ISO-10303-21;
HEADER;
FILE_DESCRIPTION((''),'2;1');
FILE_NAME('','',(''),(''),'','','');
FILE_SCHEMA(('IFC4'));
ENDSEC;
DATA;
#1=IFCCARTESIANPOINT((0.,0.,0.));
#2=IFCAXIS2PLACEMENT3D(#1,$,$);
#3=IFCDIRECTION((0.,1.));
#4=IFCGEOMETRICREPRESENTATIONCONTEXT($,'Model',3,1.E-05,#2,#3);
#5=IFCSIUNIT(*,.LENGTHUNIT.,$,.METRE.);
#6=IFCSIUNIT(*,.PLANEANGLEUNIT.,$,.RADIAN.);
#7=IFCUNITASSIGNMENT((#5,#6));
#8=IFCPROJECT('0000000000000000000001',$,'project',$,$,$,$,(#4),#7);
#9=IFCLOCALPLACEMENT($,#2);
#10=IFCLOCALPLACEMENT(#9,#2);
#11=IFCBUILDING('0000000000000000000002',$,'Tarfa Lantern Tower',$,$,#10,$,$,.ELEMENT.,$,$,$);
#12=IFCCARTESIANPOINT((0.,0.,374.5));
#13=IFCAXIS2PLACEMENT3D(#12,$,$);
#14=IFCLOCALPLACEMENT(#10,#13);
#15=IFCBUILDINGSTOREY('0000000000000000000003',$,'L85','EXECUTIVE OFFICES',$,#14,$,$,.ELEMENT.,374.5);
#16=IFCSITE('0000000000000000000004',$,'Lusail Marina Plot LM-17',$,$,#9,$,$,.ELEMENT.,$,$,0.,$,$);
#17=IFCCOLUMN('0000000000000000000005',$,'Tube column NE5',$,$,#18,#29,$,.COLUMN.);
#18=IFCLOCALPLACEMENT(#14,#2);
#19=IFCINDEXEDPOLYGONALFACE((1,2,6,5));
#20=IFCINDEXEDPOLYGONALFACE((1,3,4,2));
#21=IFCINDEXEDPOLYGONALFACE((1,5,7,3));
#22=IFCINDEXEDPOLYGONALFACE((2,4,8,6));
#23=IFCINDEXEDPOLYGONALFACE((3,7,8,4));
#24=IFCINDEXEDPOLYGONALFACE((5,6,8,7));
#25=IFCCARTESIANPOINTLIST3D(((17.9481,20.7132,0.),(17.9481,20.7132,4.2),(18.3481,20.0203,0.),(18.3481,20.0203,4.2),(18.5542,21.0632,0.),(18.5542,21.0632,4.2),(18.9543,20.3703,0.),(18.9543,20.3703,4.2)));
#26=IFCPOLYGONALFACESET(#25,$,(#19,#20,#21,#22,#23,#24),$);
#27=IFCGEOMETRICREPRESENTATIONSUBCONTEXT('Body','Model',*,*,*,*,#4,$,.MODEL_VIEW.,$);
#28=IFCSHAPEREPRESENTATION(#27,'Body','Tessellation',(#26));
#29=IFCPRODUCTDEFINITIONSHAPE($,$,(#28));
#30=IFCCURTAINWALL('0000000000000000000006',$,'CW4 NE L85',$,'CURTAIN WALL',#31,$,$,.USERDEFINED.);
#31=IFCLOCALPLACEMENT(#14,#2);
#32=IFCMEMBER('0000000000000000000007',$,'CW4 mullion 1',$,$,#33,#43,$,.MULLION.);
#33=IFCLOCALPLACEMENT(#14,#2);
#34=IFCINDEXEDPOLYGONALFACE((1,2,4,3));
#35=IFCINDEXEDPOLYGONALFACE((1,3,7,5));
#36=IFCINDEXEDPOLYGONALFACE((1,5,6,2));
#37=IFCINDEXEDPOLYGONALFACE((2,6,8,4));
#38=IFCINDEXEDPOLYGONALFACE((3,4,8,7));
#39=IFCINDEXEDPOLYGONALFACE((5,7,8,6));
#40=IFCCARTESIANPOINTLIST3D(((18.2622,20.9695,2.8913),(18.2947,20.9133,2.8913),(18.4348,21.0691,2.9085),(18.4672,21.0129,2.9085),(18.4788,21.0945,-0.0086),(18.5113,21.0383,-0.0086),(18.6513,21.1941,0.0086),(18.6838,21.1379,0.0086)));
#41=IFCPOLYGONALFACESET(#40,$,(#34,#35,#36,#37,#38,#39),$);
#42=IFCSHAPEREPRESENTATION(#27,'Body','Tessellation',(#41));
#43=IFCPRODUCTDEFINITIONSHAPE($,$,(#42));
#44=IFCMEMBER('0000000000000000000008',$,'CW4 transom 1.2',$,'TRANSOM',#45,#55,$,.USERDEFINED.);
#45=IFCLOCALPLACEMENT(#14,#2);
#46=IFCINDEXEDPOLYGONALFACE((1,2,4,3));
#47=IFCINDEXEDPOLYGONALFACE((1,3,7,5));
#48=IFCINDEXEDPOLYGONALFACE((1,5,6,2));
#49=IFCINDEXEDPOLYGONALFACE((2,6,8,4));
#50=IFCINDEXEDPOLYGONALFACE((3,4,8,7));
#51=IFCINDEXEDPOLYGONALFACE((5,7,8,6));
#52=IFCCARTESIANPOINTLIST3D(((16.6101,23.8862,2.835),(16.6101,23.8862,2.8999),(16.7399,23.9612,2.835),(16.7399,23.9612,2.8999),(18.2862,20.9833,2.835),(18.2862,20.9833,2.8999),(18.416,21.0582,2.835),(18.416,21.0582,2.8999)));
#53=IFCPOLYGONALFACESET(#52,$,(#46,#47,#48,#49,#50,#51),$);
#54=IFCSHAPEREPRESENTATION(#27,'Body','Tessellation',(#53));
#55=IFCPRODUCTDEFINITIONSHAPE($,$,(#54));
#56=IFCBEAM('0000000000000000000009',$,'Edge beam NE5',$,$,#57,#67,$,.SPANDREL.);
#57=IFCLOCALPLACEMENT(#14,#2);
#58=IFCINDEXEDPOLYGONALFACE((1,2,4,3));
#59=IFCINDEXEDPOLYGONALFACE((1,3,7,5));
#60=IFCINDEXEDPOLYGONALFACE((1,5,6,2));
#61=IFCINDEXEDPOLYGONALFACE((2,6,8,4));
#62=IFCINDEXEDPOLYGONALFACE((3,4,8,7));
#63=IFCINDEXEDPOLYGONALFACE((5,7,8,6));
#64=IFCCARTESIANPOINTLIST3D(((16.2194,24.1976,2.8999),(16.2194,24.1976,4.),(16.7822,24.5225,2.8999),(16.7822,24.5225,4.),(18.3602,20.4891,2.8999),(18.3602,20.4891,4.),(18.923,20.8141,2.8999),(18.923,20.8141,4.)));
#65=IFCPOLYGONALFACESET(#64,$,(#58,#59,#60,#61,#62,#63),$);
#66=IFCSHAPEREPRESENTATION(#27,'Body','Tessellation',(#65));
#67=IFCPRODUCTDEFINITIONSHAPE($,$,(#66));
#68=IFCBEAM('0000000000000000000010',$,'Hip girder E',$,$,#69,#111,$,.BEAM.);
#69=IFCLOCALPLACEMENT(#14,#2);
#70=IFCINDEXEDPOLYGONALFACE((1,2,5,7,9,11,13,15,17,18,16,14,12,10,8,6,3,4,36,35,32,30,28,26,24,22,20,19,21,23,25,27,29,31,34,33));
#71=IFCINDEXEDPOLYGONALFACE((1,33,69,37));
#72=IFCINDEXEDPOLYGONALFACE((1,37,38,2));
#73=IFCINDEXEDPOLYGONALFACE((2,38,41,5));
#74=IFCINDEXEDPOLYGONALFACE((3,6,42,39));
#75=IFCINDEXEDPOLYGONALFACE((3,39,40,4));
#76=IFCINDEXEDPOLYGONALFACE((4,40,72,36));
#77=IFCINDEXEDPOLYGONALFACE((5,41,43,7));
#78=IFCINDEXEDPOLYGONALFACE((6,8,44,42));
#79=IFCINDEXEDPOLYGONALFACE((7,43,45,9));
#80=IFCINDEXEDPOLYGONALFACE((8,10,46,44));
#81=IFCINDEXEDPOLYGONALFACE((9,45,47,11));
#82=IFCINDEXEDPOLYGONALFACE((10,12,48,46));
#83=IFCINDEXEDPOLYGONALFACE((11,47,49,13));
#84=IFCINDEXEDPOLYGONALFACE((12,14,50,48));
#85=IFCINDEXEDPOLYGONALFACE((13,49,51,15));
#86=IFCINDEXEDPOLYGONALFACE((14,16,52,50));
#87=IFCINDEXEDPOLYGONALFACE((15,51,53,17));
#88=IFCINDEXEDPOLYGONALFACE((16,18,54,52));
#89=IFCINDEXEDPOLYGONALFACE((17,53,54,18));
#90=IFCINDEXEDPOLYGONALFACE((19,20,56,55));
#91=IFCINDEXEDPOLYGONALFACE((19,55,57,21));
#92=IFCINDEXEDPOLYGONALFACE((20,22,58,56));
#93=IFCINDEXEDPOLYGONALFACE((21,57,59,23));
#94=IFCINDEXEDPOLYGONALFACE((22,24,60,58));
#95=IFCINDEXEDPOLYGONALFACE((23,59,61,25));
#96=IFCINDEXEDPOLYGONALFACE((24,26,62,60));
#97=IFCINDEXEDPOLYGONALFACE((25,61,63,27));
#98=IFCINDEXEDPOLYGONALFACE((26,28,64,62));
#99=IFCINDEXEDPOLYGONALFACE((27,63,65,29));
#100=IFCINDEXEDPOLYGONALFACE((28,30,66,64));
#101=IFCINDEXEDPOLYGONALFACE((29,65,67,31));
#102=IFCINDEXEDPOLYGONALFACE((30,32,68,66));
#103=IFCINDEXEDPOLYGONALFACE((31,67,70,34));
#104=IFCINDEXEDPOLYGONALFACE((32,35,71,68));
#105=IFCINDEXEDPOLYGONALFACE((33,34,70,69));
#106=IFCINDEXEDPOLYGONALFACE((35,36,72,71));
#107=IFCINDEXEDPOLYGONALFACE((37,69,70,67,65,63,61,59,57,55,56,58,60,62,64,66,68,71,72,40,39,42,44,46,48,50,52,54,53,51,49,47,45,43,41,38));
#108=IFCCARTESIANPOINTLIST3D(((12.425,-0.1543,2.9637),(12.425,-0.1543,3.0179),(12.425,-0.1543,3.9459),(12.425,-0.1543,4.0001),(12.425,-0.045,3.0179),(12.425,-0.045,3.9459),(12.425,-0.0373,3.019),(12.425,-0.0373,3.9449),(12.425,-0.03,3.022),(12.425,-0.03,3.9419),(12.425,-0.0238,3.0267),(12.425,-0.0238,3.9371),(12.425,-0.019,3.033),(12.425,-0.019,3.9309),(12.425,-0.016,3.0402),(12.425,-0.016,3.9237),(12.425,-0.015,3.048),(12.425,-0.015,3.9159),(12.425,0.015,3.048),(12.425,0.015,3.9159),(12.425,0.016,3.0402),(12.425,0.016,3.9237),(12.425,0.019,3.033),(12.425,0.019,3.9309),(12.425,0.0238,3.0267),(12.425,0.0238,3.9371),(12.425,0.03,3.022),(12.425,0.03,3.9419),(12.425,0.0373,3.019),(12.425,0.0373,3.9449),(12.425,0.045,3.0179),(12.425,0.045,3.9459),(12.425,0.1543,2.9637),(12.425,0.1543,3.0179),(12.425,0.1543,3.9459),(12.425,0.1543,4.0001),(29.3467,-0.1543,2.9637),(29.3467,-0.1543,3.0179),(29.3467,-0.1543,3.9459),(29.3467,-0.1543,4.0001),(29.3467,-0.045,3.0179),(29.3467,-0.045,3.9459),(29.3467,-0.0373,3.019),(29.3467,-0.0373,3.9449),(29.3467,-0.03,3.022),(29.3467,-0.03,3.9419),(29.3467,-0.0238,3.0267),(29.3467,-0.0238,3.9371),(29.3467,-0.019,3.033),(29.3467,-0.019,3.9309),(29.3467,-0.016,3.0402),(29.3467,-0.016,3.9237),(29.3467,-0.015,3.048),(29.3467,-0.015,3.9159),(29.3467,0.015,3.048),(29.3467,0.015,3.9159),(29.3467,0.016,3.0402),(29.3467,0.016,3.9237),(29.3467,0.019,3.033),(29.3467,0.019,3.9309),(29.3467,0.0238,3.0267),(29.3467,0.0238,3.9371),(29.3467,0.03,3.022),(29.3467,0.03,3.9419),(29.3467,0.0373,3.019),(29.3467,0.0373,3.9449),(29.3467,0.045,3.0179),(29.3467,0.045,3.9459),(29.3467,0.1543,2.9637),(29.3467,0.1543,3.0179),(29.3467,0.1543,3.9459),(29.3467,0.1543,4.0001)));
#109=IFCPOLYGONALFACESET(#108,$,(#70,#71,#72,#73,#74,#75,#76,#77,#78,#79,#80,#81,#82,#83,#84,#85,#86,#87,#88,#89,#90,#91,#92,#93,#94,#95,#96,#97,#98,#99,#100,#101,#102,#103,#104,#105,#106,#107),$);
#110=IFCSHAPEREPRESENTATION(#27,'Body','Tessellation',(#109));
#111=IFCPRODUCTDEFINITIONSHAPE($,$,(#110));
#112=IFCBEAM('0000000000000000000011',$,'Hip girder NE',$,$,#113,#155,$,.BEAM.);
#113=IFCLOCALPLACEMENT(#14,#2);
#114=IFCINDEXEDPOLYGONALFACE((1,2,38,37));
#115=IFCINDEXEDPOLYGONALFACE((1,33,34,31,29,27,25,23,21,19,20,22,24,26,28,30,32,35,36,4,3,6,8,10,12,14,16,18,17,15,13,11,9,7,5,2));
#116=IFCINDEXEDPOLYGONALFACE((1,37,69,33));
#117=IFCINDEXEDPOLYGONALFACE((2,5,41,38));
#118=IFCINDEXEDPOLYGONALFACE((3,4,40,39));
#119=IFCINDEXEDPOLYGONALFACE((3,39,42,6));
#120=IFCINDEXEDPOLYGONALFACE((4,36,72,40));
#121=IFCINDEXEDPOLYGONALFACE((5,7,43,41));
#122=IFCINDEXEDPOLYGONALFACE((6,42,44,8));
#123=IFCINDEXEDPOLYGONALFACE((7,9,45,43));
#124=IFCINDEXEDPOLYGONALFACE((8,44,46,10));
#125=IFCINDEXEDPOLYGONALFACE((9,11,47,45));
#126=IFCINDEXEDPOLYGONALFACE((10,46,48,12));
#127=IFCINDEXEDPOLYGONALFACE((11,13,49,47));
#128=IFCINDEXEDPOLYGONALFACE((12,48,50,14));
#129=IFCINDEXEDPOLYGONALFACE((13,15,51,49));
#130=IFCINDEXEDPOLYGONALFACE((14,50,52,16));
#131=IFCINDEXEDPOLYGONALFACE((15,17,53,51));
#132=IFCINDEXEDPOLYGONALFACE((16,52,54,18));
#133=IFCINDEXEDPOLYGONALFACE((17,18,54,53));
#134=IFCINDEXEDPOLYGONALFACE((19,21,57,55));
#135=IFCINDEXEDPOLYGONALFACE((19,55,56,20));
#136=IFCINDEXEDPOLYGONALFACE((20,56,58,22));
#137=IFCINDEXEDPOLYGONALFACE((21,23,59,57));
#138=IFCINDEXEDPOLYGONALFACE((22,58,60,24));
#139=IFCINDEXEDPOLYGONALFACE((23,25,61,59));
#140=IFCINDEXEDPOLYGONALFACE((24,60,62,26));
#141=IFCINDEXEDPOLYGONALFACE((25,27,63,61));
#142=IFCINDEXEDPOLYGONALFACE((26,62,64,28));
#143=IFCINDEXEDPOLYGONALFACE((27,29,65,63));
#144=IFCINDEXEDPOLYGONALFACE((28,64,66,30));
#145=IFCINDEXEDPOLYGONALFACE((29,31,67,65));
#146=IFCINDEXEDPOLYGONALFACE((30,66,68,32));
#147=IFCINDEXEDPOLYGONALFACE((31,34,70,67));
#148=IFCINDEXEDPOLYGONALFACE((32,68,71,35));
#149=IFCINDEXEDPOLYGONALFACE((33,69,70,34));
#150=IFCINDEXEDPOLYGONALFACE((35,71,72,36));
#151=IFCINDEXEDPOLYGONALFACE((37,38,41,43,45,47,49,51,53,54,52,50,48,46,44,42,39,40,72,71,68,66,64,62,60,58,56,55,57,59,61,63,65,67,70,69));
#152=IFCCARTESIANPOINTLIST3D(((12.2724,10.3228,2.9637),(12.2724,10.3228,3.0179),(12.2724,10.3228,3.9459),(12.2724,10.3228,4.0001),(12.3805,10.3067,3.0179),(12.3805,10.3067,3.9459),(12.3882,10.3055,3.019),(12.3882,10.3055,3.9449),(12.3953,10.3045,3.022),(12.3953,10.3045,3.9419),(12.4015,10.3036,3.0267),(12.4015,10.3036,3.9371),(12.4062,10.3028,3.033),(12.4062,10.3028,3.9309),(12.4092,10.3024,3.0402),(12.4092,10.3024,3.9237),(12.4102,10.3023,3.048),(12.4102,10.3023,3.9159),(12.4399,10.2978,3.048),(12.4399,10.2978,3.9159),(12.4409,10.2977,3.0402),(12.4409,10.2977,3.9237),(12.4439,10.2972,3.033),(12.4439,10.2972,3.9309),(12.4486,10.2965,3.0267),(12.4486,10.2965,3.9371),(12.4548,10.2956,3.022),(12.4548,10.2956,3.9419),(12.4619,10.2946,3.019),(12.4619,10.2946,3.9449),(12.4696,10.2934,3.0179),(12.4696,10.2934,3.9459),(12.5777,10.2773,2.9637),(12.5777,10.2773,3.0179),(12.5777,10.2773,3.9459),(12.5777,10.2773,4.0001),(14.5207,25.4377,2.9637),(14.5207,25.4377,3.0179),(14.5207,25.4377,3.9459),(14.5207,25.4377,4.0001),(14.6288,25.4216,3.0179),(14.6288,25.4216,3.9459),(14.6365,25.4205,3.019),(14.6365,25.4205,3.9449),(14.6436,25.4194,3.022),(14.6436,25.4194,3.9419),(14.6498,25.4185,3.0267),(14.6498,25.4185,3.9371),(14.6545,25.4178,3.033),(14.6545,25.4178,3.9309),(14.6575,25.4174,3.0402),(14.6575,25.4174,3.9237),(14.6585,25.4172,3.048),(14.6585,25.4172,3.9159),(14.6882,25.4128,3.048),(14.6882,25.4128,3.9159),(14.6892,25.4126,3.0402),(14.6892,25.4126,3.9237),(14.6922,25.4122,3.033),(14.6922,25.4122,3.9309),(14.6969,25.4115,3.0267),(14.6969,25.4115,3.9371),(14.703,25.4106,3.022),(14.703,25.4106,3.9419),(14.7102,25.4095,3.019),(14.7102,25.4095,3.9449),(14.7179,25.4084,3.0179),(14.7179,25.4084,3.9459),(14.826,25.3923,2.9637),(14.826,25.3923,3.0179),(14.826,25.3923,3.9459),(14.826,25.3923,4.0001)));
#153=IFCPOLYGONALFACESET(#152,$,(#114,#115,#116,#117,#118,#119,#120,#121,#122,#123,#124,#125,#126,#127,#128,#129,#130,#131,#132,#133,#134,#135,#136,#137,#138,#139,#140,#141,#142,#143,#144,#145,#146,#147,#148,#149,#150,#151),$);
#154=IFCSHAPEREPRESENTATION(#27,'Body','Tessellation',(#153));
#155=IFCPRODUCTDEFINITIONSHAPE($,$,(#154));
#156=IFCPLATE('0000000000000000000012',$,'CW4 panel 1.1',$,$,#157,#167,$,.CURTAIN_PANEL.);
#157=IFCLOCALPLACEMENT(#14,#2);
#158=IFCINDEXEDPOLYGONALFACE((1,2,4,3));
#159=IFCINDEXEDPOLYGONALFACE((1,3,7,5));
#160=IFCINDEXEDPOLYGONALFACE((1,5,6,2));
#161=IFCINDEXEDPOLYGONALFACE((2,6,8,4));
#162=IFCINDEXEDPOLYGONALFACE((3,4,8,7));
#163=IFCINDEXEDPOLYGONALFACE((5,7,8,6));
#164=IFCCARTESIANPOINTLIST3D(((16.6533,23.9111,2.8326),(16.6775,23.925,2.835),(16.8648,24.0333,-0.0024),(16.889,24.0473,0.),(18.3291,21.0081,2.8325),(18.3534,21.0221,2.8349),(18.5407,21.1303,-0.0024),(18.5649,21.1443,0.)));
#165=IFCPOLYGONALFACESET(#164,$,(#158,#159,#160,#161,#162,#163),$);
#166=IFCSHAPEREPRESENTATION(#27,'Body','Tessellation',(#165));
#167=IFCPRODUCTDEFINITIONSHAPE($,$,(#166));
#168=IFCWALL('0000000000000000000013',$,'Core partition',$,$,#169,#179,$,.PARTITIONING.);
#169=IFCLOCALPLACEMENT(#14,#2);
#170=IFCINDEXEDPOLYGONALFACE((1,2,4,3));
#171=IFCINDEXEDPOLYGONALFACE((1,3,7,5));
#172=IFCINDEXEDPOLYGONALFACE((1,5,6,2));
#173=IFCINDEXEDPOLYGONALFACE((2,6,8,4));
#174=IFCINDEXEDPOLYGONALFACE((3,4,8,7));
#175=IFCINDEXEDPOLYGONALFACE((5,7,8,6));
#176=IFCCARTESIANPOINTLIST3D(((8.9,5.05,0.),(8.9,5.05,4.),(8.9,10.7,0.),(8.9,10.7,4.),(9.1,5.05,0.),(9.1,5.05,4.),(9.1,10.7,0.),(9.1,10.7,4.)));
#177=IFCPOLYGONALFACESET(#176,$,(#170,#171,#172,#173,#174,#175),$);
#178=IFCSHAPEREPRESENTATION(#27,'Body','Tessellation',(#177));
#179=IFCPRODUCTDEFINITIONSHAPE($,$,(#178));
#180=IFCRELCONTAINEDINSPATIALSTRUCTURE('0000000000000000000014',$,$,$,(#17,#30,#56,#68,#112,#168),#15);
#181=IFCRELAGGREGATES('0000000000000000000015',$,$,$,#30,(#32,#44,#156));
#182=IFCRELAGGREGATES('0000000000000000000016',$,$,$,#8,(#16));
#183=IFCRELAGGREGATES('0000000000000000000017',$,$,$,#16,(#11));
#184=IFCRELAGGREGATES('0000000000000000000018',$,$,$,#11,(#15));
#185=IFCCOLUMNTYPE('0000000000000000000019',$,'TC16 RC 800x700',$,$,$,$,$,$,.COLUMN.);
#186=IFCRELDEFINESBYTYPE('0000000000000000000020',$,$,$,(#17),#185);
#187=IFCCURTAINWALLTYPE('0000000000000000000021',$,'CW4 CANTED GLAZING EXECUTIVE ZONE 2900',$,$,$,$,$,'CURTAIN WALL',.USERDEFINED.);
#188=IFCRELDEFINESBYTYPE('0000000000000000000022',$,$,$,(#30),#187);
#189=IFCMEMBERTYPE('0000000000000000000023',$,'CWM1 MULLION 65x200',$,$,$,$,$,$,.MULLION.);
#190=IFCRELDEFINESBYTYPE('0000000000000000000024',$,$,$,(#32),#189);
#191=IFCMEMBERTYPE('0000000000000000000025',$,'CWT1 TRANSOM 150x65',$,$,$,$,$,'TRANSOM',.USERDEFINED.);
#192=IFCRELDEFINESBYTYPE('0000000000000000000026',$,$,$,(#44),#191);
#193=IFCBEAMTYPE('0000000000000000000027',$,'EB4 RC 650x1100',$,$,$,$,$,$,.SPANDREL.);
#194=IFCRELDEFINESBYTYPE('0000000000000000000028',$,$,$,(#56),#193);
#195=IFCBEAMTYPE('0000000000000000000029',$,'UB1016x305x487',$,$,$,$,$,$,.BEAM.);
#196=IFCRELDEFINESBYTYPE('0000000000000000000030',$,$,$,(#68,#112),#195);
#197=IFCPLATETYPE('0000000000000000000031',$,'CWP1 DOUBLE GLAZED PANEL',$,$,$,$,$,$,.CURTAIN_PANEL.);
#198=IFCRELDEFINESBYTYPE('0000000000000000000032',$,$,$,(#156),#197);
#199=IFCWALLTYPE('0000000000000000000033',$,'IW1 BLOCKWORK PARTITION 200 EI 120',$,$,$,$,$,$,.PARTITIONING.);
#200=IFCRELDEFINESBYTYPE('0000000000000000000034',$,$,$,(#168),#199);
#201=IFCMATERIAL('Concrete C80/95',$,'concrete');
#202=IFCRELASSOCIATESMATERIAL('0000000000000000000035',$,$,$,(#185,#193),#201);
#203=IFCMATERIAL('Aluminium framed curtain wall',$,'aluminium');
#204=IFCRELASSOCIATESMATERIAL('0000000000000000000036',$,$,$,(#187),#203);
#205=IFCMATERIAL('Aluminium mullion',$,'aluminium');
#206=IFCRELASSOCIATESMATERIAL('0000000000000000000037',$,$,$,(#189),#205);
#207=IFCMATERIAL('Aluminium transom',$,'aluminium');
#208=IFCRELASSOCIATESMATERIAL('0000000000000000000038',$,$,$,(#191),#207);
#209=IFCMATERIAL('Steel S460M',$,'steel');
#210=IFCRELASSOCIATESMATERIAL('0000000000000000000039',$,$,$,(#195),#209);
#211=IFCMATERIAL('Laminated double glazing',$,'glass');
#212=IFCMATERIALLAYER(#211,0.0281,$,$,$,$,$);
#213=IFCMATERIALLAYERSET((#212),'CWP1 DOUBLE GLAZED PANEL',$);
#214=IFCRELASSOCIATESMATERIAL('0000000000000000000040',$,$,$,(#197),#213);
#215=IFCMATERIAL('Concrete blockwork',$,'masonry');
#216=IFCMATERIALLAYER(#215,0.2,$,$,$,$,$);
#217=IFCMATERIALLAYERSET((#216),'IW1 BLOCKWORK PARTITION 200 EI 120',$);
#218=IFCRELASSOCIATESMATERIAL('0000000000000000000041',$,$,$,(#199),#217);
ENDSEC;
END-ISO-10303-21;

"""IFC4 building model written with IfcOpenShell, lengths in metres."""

from ifc_helpers import new_model, si_unit, direction, frame, frame_2d, origin, origin_2d, place, context, subcontext, project, spatial, polyline, rectangle, i_section, outline, extrude, material, layer, layer_set, material_profile, profile_set, type_object, element, aggregate, save


model = new_model("IFC4")

# Units and contexts
model_context = context("Model", 3, precision=1e-05, world=origin(), true_north=direction((0.0, 1.0)))
body_context = subcontext(model_context, "Body", "Model", "MODEL_VIEW")
ifc_project = project(units=[si_unit("LENGTHUNIT", "METRE"), si_unit("PLANEANGLEUNIT", "RADIAN")], contexts=[model_context])

# Site, building, storey
site_placement = place(None, origin())
site = spatial("IfcSite", under=ifc_project, at=site_placement, Name="Lusail Marina Plot LM-17", CompositionType="ELEMENT", RefElevation=0.0)
building_placement = place(site_placement, origin())
building = spatial("IfcBuilding", under=site, at=building_placement, Name="Tarfa Lantern Tower", CompositionType="ELEMENT")
storey_placement = place(building_placement, frame((0.0, 0.0, 374.5)))
storey = spatial("IfcBuildingStorey", under=building, at=storey_placement, Name="L85", Description="EXECUTIVE OFFICES", CompositionType="ELEMENT", Elevation=374.5)

# Column
ifc_material_1 = material(Name="Concrete C80/95", Category="concrete")
ifc_material_profile_1 = material_profile(ifc_material_1, rectangle(XDim=0.8, YDim=0.7, at=origin_2d()), Name="RC 800x700")
ifc_profile_set_1 = profile_set([ifc_material_profile_1], Name="Concrete C80/95")
column_type = type_object("IfcColumnType", Name="TC16 RC 800x700", PredefinedType="COLUMN", material=ifc_profile_set_1)
column_placement = place(storey_placement, frame((18.4512, 20.5417, 0.0), z_axis=(0.0, 0.0, 1.0), x_axis=(-0.5, 0.866025, 0.0)))
element("IfcColumn", 1, at=column_placement, inside=storey, type_object=column_type, Name="Tube column NE5", PredefinedType="COLUMN", context=body_context, shape_type="SweptSolid", body=[
    extrude(rectangle(XDim=0.8, YDim=0.7, at=origin_2d()), origin(), (0.0, 0.0, 1.0), 4.2),
])

# Curtain wall, members
ifc_material_2 = material(Name="Aluminium framed curtain wall", Category="aluminium")
curtain_wall_type = type_object("IfcCurtainWallType", Name="CW4 CANTED GLAZING EXECUTIVE ZONE 2900", ElementType="CURTAIN WALL", PredefinedType="USERDEFINED", material=ifc_material_2)
curtain_wall_placement = place(storey_placement, origin())
curtain_wall = element("IfcCurtainWall", 2, at=curtain_wall_placement, inside=storey, type_object=curtain_wall_type, Name="CW4 NE L85", ObjectType="CURTAIN WALL", PredefinedType="USERDEFINED")
ifc_material_3 = material(Name="Aluminium mullion", Category="aluminium")
ifc_material_profile_2 = material_profile(ifc_material_3, rectangle(XDim=0.0649, YDim=0.2, at=origin_2d()), Name="AL MULLION 65x200")
ifc_profile_set_2 = profile_set([ifc_material_profile_2], Name="Aluminium mullion")
member_type_1 = type_object("IfcMemberType", Name="CWM1 MULLION 65x200", PredefinedType="MULLION", material=ifc_profile_set_2)
member_1_placement = place(storey_placement, frame((18.5813, 21.1162, 0.0), z_axis=(-0.0744, -0.042946, 0.996303), x_axis=(0.49992, -0.866072, 0.0)))
member_1 = element("IfcMember", 3, at=member_1_placement, type_object=member_type_1, Name="CW4 mullion 1", PredefinedType="MULLION", context=body_context, shape_type="SweptSolid", body=[
    extrude(rectangle(XDim=0.0649, YDim=0.2, at=origin_2d()), origin(), (0.0, 0.0, 1.0), 2.9106),
])
ifc_material_4 = material(Name="Aluminium transom", Category="aluminium")
ifc_material_profile_3 = material_profile(ifc_material_4, rectangle(XDim=0.1499, YDim=0.0649, at=origin_2d()), Name="AL TRANSOM 150x65")
ifc_profile_set_3 = profile_set([ifc_material_profile_3], Name="Aluminium transom")
member_type_2 = type_object("IfcMemberType", Name="CWT1 TRANSOM 150x65", ElementType="TRANSOM", PredefinedType="USERDEFINED", material=ifc_profile_set_3)
member_2_placement = place(storey_placement, frame((18.3511, 21.0208, 2.8674), z_axis=(-0.500017, 0.866016, 0.0), x_axis=(-0.866016, -0.500017, 0.0)))
member_2 = element("IfcMember", 4, at=member_2_placement, type_object=member_type_2, Name="CW4 transom 1.2", ObjectType="TRANSOM", PredefinedType="USERDEFINED", context=body_context, shape_type="SweptSolid", body=[
    extrude(rectangle(XDim=0.1499, YDim=0.0649, at=origin_2d()), origin(), (0.0, 0.0, 1.0), 3.3521),
])

# Beams
ifc_material_profile_4 = material_profile(ifc_material_1, rectangle(XDim=0.6499, YDim=1.1001, at=origin_2d()), Name="RC 650x1100")
ifc_profile_set_4 = profile_set([ifc_material_profile_4], Name="Concrete C80/95")
beam_type_1 = type_object("IfcBeamType", Name="EB4 RC 650x1100", PredefinedType="SPANDREL", material=ifc_profile_set_4)
beam_1_placement = place(storey_placement, frame((18.6416, 20.6516, 3.45), z_axis=(-0.499959, 0.866049, 0.0), x_axis=(-0.866049, -0.499959, 0.0)))
element("IfcBeam", 5, at=beam_1_placement, inside=storey, type_object=beam_type_1, Name="Edge beam NE5", PredefinedType="SPANDREL", context=body_context, shape_type="SweptSolid", body=[
    extrude(rectangle(XDim=0.6499, YDim=1.1001, at=origin_2d()), origin(), (0.0, 0.0, 1.0), 4.282),
])
ifc_material_5 = material(Name="Steel S460M", Category="steel")
ifc_material_profile_5 = material_profile(ifc_material_5, i_section(OverallWidth=0.3086, OverallDepth=1.0364, WebThickness=0.03, FlangeThickness=0.0542, FilletRadius=0.03, at=origin_2d()), Name="UB1016x305x487")
ifc_profile_set_5 = profile_set([ifc_material_profile_5], Name="Steel S460M")
beam_type_2 = type_object("IfcBeamType", Name="UB1016x305x487", PredefinedType="BEAM", material=ifc_profile_set_5)
beam_2_placement = place(storey_placement, frame((12.425, 0.0, 3.4819), z_axis=(1.0, 0.0, 0.0), x_axis=(0.0, 1.0, 0.0)))
element("IfcBeam", 6, at=beam_2_placement, inside=storey, type_object=beam_type_2, Name="Hip girder E", PredefinedType="BEAM", context=body_context, shape_type="SweptSolid", body=[
    extrude(i_section(OverallWidth=0.3086, OverallDepth=1.0364, WebThickness=0.03, FlangeThickness=0.0542, FilletRadius=0.03, at=origin_2d()), origin(), (0.0, 0.0, 1.0), 16.9216),
])
beam_3_placement = place(storey_placement, frame((12.425, 10.3, 3.4819), z_axis=(0.147127, 0.989118, 0.0), x_axis=(-0.989118, 0.147127, 0.0)))
element("IfcBeam", 7, at=beam_3_placement, inside=storey, type_object=beam_type_2, Name="Hip girder NE", PredefinedType="BEAM", context=body_context, shape_type="SweptSolid", body=[
    extrude(i_section(OverallWidth=0.3086, OverallDepth=1.0364, WebThickness=0.03, FlangeThickness=0.0542, FilletRadius=0.03, at=origin_2d()), origin(), (0.0, 0.0, 1.0), 15.2812),
])

# Plate
ifc_material_6 = material(Name="Laminated double glazing", Category="glass")
ifc_layer_1 = layer(ifc_material_6, 0.0281)
ifc_layer_set_1 = layer_set([ifc_layer_1], Name="CWP1 DOUBLE GLAZED PANEL")
plate_type = type_object("IfcPlateType", Name="CWP1 DOUBLE GLAZED PANEL", PredefinedType="CURTAIN_PANEL", material=ifc_layer_set_1)
plate_placement = place(storey_placement, frame((18.5649, 21.1443, 0.0), z_axis=(0.862843, 0.498127, 0.085857), x_axis=(-0.499973, 0.866041, -0.000004)))
plate = element("IfcPlate", 8, at=plate_placement, type_object=plate_type, Name="CW4 panel 1.1", PredefinedType="CURTAIN_PANEL", context=body_context, shape_type="SweptSolid", body=[
    extrude(outline(polyline([(0.0, 0.0), (3.352, 0.0), (3.3519, 2.8455), (0.0, 2.8455), (0.0, 0.0)])), origin(), (0.0, 0.0, -1.0), 0.0281),
])
aggregate(curtain_wall, [member_1, member_2, plate])

# Wall
ifc_material_7 = material(Name="Concrete blockwork", Category="masonry")
ifc_layer_2 = layer(ifc_material_7, 0.2)
ifc_layer_set_2 = layer_set([ifc_layer_2], Name="IW1 BLOCKWORK PARTITION 200 EI 120")
wall_type_1 = type_object("IfcWallType", Name="IW1 BLOCKWORK PARTITION 200 EI 120", PredefinedType="PARTITIONING", material=ifc_layer_set_2)
for number, where, z_axis, x_axis, name in (
    (9, (9.0, 5.05, 0.0), (0.0, 0.0, 1.0), (0.0, 1.0, 0.0), "Core partition"),
):
    element("IfcWall", number, at=place(storey_placement, frame(where, z_axis=z_axis, x_axis=x_axis)), inside=storey, type_object=wall_type_1, Name=name, PredefinedType="PARTITIONING", context=body_context, shape_type="SweptSolid", body=[
        extrude(rectangle(XDim=5.6499, YDim=0.2, at=frame_2d((2.825, 0.0))), origin(), (0.0, 0.0, 1.0), 4.0),
    ])

save(model, "model.ifc")
